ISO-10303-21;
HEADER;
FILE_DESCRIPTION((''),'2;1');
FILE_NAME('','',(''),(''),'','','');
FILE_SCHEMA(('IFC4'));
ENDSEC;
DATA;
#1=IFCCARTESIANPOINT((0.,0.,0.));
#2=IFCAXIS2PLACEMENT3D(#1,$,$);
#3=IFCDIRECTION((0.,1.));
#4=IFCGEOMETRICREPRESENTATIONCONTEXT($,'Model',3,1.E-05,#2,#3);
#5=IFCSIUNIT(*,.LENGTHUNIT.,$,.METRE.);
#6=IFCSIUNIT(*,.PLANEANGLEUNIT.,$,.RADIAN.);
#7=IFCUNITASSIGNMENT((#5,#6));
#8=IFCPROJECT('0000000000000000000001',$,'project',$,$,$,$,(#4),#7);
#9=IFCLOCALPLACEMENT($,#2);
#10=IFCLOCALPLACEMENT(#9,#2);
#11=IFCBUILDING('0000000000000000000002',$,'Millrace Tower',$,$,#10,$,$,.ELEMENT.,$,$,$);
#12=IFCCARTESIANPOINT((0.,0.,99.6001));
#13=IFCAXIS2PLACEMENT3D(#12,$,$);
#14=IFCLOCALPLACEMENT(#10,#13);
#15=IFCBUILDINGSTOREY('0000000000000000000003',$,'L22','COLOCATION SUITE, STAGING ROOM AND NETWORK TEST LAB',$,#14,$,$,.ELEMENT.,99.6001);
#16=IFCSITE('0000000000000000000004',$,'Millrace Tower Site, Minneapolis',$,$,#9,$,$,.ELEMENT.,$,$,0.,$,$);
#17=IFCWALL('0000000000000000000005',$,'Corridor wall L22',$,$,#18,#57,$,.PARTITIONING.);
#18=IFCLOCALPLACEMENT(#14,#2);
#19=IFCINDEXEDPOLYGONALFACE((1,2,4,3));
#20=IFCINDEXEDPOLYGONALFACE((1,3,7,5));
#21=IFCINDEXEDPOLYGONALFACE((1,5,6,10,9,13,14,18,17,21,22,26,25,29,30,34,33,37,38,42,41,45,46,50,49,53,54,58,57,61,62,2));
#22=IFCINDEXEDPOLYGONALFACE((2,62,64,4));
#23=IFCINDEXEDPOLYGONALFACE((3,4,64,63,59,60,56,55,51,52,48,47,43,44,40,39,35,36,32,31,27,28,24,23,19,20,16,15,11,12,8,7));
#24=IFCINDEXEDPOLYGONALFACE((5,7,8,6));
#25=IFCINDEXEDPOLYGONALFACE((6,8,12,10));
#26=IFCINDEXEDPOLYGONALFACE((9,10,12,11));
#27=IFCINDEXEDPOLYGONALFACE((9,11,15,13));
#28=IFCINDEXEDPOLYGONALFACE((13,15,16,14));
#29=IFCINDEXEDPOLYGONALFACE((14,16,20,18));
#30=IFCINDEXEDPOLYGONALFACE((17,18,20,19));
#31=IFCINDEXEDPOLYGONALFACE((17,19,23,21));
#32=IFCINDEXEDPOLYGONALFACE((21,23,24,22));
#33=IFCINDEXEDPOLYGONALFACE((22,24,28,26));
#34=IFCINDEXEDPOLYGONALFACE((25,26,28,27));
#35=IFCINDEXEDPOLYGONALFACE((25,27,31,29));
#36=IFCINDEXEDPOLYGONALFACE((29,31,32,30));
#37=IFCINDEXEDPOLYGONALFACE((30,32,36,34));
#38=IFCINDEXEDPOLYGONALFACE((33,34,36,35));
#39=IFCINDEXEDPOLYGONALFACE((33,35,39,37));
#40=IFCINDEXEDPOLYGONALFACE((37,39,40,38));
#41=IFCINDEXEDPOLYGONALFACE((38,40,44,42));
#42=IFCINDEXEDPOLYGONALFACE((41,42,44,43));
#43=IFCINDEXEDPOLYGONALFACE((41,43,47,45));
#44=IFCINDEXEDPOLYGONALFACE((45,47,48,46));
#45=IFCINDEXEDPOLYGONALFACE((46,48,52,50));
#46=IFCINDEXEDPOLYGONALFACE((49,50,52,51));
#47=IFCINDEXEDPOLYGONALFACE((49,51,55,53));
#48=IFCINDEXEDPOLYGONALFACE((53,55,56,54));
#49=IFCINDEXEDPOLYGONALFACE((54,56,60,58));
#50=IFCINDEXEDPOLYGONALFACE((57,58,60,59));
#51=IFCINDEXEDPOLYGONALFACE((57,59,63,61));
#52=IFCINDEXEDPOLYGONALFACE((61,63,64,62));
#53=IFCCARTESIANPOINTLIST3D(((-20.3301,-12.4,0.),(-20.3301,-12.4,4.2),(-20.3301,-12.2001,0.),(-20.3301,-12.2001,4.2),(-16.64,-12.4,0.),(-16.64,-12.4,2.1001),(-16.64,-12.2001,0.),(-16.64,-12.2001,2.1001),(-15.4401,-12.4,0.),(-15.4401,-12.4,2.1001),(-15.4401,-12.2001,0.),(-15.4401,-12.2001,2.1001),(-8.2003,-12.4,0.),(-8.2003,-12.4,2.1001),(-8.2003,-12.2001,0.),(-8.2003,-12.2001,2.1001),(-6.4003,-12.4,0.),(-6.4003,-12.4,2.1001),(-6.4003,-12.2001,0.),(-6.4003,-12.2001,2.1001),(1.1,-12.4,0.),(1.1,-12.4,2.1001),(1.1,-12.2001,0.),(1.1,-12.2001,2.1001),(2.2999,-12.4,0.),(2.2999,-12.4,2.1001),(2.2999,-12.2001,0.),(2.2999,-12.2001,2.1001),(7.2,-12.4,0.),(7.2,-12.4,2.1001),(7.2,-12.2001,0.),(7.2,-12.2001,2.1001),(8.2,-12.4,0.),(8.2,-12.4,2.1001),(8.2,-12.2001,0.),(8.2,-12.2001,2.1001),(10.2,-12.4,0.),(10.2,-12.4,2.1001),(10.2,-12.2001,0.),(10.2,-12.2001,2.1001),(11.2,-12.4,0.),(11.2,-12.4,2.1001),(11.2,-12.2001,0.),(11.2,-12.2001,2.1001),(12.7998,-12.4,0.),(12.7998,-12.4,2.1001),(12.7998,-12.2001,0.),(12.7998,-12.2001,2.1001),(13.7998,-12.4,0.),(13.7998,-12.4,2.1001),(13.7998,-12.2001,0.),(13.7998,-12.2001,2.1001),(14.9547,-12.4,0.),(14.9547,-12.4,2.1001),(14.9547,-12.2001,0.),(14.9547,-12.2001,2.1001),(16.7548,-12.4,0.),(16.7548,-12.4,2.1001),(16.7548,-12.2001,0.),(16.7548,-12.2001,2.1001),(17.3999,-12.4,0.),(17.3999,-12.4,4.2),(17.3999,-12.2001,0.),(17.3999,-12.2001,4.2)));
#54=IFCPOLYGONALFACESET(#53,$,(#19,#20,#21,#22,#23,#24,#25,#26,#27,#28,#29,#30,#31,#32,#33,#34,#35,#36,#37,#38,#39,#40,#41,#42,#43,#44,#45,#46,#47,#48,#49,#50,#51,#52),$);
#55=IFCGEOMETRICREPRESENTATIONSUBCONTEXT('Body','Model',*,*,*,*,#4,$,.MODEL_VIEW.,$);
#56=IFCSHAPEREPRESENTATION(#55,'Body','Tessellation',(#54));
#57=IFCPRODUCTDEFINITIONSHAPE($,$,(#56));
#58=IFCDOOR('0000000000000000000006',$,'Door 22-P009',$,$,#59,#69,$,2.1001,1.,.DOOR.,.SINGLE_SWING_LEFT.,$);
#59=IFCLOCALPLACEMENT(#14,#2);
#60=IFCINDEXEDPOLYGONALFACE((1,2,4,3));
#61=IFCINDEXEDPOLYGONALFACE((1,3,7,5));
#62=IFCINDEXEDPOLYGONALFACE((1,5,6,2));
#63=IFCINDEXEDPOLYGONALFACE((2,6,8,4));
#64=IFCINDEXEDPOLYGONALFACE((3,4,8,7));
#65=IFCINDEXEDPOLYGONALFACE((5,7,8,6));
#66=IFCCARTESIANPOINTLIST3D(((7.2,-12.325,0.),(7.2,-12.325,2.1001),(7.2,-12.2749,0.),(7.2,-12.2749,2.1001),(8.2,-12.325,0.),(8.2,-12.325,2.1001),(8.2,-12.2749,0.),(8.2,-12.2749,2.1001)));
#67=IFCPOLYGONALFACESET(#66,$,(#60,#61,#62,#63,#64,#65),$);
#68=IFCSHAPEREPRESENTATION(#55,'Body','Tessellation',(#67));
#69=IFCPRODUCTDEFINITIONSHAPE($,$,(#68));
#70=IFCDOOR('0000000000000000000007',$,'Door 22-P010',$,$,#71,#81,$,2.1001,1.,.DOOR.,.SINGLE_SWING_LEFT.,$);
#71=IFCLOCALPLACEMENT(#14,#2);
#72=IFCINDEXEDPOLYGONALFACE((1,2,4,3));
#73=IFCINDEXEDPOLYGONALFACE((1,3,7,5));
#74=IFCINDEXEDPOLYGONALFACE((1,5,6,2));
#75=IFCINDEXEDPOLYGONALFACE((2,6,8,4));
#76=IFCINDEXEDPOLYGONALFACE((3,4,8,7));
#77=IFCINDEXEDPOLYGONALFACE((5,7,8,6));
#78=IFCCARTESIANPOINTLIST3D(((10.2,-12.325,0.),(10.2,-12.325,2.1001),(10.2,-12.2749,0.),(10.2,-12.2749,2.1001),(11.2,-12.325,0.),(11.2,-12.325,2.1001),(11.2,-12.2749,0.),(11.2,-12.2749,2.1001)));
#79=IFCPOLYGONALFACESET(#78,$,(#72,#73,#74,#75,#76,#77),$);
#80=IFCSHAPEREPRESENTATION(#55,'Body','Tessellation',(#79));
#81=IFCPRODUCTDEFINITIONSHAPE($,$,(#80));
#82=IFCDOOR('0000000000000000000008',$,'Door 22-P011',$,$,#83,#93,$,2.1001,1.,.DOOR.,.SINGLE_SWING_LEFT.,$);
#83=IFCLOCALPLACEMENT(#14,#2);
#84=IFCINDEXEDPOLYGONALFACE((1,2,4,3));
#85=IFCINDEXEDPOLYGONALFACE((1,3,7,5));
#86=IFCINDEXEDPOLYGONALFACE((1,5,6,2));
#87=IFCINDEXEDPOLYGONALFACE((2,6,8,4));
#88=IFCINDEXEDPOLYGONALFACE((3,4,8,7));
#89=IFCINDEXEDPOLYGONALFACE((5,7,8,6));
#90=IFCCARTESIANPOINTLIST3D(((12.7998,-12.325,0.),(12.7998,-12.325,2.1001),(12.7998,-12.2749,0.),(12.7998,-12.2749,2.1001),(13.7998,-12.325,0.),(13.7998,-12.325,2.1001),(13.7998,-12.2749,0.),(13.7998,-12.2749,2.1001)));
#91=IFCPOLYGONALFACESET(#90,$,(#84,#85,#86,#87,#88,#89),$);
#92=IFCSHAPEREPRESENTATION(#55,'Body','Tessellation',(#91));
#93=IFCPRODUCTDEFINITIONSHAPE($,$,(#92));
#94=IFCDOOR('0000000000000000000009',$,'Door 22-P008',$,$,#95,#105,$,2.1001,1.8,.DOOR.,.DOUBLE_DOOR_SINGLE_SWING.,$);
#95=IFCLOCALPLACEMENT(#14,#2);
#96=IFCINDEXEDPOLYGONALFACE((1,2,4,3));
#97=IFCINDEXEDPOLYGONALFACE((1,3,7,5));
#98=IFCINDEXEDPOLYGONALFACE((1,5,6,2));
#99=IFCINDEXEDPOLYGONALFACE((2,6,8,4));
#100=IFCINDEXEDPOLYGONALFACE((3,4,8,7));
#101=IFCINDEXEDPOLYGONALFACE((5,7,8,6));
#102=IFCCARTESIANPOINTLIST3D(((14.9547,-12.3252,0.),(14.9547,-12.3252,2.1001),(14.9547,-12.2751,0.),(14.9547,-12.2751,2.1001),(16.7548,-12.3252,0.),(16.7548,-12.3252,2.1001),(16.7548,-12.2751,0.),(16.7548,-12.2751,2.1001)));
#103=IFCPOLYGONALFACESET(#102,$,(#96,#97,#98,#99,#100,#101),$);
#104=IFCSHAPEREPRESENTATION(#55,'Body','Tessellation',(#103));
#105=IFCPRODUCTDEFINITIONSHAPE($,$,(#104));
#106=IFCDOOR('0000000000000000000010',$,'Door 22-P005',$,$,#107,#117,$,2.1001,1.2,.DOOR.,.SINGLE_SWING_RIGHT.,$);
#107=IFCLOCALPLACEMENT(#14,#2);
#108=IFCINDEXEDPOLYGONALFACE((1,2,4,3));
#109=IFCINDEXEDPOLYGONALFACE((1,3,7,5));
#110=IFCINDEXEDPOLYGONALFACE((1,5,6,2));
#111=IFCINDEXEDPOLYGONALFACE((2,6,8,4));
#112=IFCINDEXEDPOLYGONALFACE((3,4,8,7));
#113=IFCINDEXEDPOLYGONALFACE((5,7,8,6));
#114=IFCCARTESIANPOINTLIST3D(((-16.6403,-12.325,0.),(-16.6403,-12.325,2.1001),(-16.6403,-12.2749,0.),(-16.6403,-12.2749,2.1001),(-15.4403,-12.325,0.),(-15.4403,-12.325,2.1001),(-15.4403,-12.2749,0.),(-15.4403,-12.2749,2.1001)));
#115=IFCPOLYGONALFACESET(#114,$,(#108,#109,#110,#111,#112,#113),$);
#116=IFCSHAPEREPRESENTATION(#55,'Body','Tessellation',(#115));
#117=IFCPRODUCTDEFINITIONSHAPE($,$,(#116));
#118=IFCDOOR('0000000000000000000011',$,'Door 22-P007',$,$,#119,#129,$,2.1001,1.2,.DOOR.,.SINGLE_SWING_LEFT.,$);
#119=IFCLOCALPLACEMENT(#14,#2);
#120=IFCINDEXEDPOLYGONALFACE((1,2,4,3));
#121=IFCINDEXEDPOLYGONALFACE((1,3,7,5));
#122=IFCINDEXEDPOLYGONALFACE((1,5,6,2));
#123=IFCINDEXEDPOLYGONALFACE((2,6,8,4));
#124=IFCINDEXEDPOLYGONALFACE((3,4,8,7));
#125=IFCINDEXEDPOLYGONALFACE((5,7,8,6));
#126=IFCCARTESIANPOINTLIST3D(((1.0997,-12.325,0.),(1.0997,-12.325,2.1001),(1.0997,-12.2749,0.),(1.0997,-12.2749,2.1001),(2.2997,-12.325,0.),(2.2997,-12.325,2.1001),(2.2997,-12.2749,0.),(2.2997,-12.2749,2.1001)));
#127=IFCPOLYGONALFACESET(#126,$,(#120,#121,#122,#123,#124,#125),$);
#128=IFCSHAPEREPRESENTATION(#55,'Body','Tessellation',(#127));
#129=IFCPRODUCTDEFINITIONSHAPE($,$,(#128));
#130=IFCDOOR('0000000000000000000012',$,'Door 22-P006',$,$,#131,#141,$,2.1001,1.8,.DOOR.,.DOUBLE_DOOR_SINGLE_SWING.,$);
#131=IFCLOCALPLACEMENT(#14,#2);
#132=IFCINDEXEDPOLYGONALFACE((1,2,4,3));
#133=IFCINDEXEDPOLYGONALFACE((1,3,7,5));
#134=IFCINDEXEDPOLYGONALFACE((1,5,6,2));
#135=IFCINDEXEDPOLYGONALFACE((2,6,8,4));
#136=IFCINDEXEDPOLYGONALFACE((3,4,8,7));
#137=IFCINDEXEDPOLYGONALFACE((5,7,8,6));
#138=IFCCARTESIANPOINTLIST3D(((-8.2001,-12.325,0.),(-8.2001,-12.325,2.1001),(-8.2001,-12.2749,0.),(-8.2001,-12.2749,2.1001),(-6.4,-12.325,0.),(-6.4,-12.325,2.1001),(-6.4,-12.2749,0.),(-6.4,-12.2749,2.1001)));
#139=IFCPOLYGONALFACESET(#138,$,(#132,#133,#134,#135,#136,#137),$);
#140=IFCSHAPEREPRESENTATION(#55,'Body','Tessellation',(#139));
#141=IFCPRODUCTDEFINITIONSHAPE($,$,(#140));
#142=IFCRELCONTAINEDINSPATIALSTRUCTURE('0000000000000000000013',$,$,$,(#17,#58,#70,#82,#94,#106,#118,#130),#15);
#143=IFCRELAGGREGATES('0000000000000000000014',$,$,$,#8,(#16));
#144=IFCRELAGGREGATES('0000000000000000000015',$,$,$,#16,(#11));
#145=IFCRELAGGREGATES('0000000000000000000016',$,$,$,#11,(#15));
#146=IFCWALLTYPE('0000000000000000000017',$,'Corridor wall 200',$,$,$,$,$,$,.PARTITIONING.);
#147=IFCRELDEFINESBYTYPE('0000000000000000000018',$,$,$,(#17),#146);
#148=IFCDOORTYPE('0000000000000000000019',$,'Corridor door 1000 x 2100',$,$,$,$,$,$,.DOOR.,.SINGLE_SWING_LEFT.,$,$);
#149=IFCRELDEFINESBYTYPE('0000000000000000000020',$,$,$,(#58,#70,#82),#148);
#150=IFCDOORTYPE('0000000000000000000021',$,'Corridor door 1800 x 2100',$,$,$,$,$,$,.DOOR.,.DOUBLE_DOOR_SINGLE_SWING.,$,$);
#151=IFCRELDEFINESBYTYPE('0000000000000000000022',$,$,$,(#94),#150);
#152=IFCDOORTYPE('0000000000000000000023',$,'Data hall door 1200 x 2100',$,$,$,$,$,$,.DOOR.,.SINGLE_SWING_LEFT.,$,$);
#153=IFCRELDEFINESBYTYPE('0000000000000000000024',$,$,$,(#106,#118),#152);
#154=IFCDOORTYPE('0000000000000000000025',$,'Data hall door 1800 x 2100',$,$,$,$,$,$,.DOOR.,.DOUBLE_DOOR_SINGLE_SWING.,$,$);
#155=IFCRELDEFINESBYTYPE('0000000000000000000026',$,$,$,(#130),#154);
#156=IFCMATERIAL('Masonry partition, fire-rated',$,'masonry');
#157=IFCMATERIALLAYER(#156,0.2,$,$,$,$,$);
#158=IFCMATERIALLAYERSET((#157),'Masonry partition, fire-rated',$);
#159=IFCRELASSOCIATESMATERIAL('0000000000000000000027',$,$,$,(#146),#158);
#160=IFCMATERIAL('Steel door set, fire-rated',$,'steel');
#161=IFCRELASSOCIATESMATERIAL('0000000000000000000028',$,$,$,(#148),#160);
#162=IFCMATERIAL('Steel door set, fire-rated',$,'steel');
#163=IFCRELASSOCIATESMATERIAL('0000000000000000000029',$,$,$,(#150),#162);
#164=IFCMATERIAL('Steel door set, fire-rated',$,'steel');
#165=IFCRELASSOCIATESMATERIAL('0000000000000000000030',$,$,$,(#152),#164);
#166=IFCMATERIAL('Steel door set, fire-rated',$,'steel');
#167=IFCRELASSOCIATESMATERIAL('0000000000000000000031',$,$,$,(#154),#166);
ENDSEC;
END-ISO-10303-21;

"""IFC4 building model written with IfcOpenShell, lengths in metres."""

from ifc_helpers import new_model, si_unit, direction, frame, frame_2d, origin, place, context, subcontext, project, spatial, rectangle, extrude, material, layer, layer_set, type_object, element, fill, save


model = new_model("IFC4")

# Units and contexts
model_context = context("Model", 3, precision=1e-05, world=origin(), true_north=direction((0.0, 1.0)))
body_context = subcontext(model_context, "Body", "Model", "MODEL_VIEW")
ifc_project = project(units=[si_unit("LENGTHUNIT", "METRE"), si_unit("PLANEANGLEUNIT", "RADIAN")], contexts=[model_context])

# Site, building, storey
site_placement = place(None, origin())
site = spatial("IfcSite", under=ifc_project, at=site_placement, Name="Millrace Tower Site, Minneapolis", CompositionType="ELEMENT", RefElevation=0.0)
building_placement = place(site_placement, origin())
building = spatial("IfcBuilding", under=site, at=building_placement, Name="Millrace Tower", CompositionType="ELEMENT")
storey_placement = place(building_placement, frame((0.0, 0.0, 99.6001)))
storey = spatial("IfcBuildingStorey", under=building, at=storey_placement, Name="L22", Description="COLOCATION SUITE, STAGING ROOM AND NETWORK TEST LAB", CompositionType="ELEMENT", Elevation=99.6001)

# Wall, openings, doors
ifc_material_1 = material(Name="Masonry partition, fire-rated", Category="masonry")
ifc_layer_1 = layer(ifc_material_1, 0.2)
ifc_layer_set_1 = layer_set([ifc_layer_1], Name="Masonry partition, fire-rated")
wall_type = type_object("IfcWallType", Name="Corridor wall 200", PredefinedType="PARTITIONING", material=ifc_layer_set_1)
wall_placement = place(storey_placement, frame((-20.3301, -12.3, 0.0), z_axis=(0.0, 0.0, 1.0), x_axis=(1.0, 0.0, 0.0)))
wall = element("IfcWall", 1, at=wall_placement, inside=storey, type_object=wall_type, Name="Corridor wall L22", PredefinedType="PARTITIONING", context=body_context, shape_type="SweptSolid", body=[
    extrude(rectangle(XDim=37.73, YDim=0.2, at=frame_2d((18.865, 0.0))), origin(), (0.0, 0.0, 1.0), 4.2),
])
opening_1_placement = place(wall_placement, frame((3.6899, 0.0, 0.0)))
opening_1 = element("IfcOpeningElement", 2, at=opening_1_placement, cuts=wall, PredefinedType="OPENING", context=body_context, shape_type="SweptSolid", body=[
    extrude(rectangle(XDim=1.2, YDim=2.1001, at=frame_2d((0.6001, 1.05))), frame((0.0, 0.1099, 0.0), z_axis=(0.0, -1.0, 0.0), x_axis=(1.0, 0.0, 0.0)), (0.0, 0.0, 1.0), 0.22),
])
opening_2_placement = place(wall_placement, frame((12.1299, 0.0, 0.0)))
opening_2 = element("IfcOpeningElement", 3, at=opening_2_placement, cuts=wall, PredefinedType="OPENING", context=body_context, shape_type="SweptSolid", body=[
    extrude(rectangle(XDim=1.8, YDim=2.1001, at=frame_2d((0.8999, 1.05))), frame((0.0, 0.1099, 0.0), z_axis=(0.0, -1.0, 0.0), x_axis=(1.0, 0.0, 0.0)), (0.0, 0.0, 1.0), 0.22),
])
opening_3_placement = place(wall_placement, frame((21.4299, 0.0, 0.0)))
opening_3 = element("IfcOpeningElement", 4, at=opening_3_placement, cuts=wall, PredefinedType="OPENING", context=body_context, shape_type="SweptSolid", body=[
    extrude(rectangle(XDim=1.2, YDim=2.1001, at=frame_2d((0.6001, 1.05))), frame((0.0, 0.1099, 0.0), z_axis=(0.0, -1.0, 0.0), x_axis=(1.0, 0.0, 0.0)), (0.0, 0.0, 1.0), 0.22),
])
opening_4_placement = place(wall_placement, frame((35.2849, 0.0, 0.0)))
opening_4 = element("IfcOpeningElement", 5, at=opening_4_placement, cuts=wall, PredefinedType="OPENING", context=body_context, shape_type="SweptSolid", body=[
    extrude(rectangle(XDim=1.8, YDim=2.1001, at=frame_2d((0.8999, 1.05))), frame((0.0, 0.1099, 0.0), z_axis=(0.0, -1.0, 0.0), x_axis=(1.0, 0.0, 0.0)), (0.0, 0.0, 1.0), 0.22),
])
opening_5_placement = place(wall_placement, frame((27.53, 0.0, 0.0)))
opening_5 = element("IfcOpeningElement", 6, at=opening_5_placement, cuts=wall, PredefinedType="OPENING", context=body_context, shape_type="SweptSolid", body=[
    extrude(rectangle(XDim=1.0, YDim=2.1001, at=frame_2d((0.5, 1.05))), frame((0.0, 0.1099, 0.0), z_axis=(0.0, -1.0, 0.0), x_axis=(1.0, 0.0, 0.0)), (0.0, 0.0, 1.0), 0.22),
])
opening_6_placement = place(wall_placement, frame((30.53, 0.0, 0.0)))
opening_6 = element("IfcOpeningElement", 7, at=opening_6_placement, cuts=wall, PredefinedType="OPENING", context=body_context, shape_type="SweptSolid", body=[
    extrude(rectangle(XDim=1.0, YDim=2.1001, at=frame_2d((0.5, 1.05))), frame((0.0, 0.1099, 0.0), z_axis=(0.0, -1.0, 0.0), x_axis=(1.0, 0.0, 0.0)), (0.0, 0.0, 1.0), 0.22),
])
opening_7_placement = place(wall_placement, frame((33.1299, 0.0, 0.0)))
opening_7 = element("IfcOpeningElement", 8, at=opening_7_placement, cuts=wall, PredefinedType="OPENING", context=body_context, shape_type="SweptSolid", body=[
    extrude(rectangle(XDim=1.0, YDim=2.1001, at=frame_2d((0.5, 1.05))), frame((0.0, 0.1099, 0.0), z_axis=(0.0, -1.0, 0.0), x_axis=(1.0, 0.0, 0.0)), (0.0, 0.0, 1.0), 0.22),
])
ifc_material_2 = material(Name="Steel door set, fire-rated", Category="steel")
door_type_1 = type_object("IfcDoorType", Name="Corridor door 1000 x 2100", OperationType="SINGLE_SWING_LEFT", PredefinedType="DOOR", material=ifc_material_2)
door_1_placement = place(opening_5_placement, frame((1.0, 0.0, 0.0), z_axis=(0.0, 0.0, 1.0), x_axis=(-1.0, 0.0, 0.0)))
door_1 = element("IfcDoor", 9, at=door_1_placement, inside=storey, type_object=door_type_1, Name="Door 22-P009", OperationType="SINGLE_SWING_LEFT", OverallHeight=2.1001, OverallWidth=1.0, PredefinedType="DOOR", context=body_context, shape_type="SweptSolid", body=[
    extrude(rectangle(XDim=1.0, YDim=2.1001, at=frame_2d((0.5, 1.05))), frame((0.0, 0.0249, 0.0), z_axis=(0.0, -1.0, 0.0), x_axis=(1.0, 0.0, 0.0)), (0.0, 0.0, 1.0), 0.05),
])
fill(opening_5, door_1)
door_2_placement = place(opening_6_placement, frame((1.0, 0.0, 0.0), z_axis=(0.0, 0.0, 1.0), x_axis=(-1.0, 0.0, 0.0)))
door_2 = element("IfcDoor", 10, at=door_2_placement, inside=storey, type_object=door_type_1, Name="Door 22-P010", OperationType="SINGLE_SWING_LEFT", OverallHeight=2.1001, OverallWidth=1.0, PredefinedType="DOOR", context=body_context, shape_type="SweptSolid", body=[
    extrude(rectangle(XDim=1.0, YDim=2.1001, at=frame_2d((0.5, 1.05))), frame((0.0, 0.0249, 0.0), z_axis=(0.0, -1.0, 0.0), x_axis=(1.0, 0.0, 0.0)), (0.0, 0.0, 1.0), 0.05),
])
fill(opening_6, door_2)
door_3_placement = place(opening_7_placement, frame((1.0, 0.0, 0.0), z_axis=(0.0, 0.0, 1.0), x_axis=(-1.0, 0.0, 0.0)))
door_3 = element("IfcDoor", 11, at=door_3_placement, inside=storey, type_object=door_type_1, Name="Door 22-P011", OperationType="SINGLE_SWING_LEFT", OverallHeight=2.1001, OverallWidth=1.0, PredefinedType="DOOR", context=body_context, shape_type="SweptSolid", body=[
    extrude(rectangle(XDim=1.0, YDim=2.1001, at=frame_2d((0.5, 1.05))), frame((0.0, 0.0249, 0.0), z_axis=(0.0, -1.0, 0.0), x_axis=(1.0, 0.0, 0.0)), (0.0, 0.0, 1.0), 0.05),
])
fill(opening_7, door_3)
ifc_material_3 = material(Name="Steel door set, fire-rated", Category="steel")
door_type_2 = type_object("IfcDoorType", Name="Corridor door 1800 x 2100", OperationType="DOUBLE_DOOR_SINGLE_SWING", PredefinedType="DOOR", material=ifc_material_3)
door_4_placement = place(opening_4_placement, origin())
door_4 = element("IfcDoor", 12, at=door_4_placement, inside=storey, type_object=door_type_2, Name="Door 22-P008", OperationType="DOUBLE_DOOR_SINGLE_SWING", OverallHeight=2.1001, OverallWidth=1.8, PredefinedType="DOOR", context=body_context, shape_type="SweptSolid", body=[
    extrude(rectangle(XDim=1.8, YDim=2.1001, at=frame_2d((0.8999, 1.05))), frame((0.0, 0.0249, 0.0), z_axis=(0.0, -1.0, 0.0), x_axis=(1.0, 0.0, 0.0)), (0.0, 0.0, 1.0), 0.05),
])
fill(opening_4, door_4)
ifc_material_4 = material(Name="Steel door set, fire-rated", Category="steel")
door_type_3 = type_object("IfcDoorType", Name="Data hall door 1200 x 2100", OperationType="SINGLE_SWING_LEFT", PredefinedType="DOOR", material=ifc_material_4)
door_5_placement = place(opening_1_placement, frame((1.2, 0.0, 0.0), z_axis=(0.0, 0.0, 1.0), x_axis=(-1.0, 0.0, 0.0)))
door_5 = element("IfcDoor", 13, at=door_5_placement, inside=storey, type_object=door_type_3, Name="Door 22-P005", OperationType="SINGLE_SWING_RIGHT", OverallHeight=2.1001, OverallWidth=1.2, PredefinedType="DOOR", context=body_context, shape_type="SweptSolid", body=[
    extrude(rectangle(XDim=1.2, YDim=2.1001, at=frame_2d((0.6001, 1.05))), frame((0.0, 0.0249, 0.0), z_axis=(0.0, -1.0, 0.0), x_axis=(1.0, 0.0, 0.0)), (0.0, 0.0, 1.0), 0.05),
])
fill(opening_1, door_5)
door_6_placement = place(opening_3_placement, frame((1.2, 0.0, 0.0), z_axis=(0.0, 0.0, 1.0), x_axis=(-1.0, 0.0, 0.0)))
door_6 = element("IfcDoor", 14, at=door_6_placement, inside=storey, type_object=door_type_3, Name="Door 22-P007", OperationType="SINGLE_SWING_LEFT", OverallHeight=2.1001, OverallWidth=1.2, PredefinedType="DOOR", context=body_context, shape_type="SweptSolid", body=[
    extrude(rectangle(XDim=1.2, YDim=2.1001, at=frame_2d((0.6001, 1.05))), frame((0.0, 0.0249, 0.0), z_axis=(0.0, -1.0, 0.0), x_axis=(1.0, 0.0, 0.0)), (0.0, 0.0, 1.0), 0.05),
])
fill(opening_3, door_6)
ifc_material_5 = material(Name="Steel door set, fire-rated", Category="steel")
door_type_4 = type_object("IfcDoorType", Name="Data hall door 1800 x 2100", OperationType="DOUBLE_DOOR_SINGLE_SWING", PredefinedType="DOOR", material=ifc_material_5)
door_7_placement = place(opening_2_placement, frame((1.8, 0.0, 0.0), z_axis=(0.0, 0.0, 1.0), x_axis=(-1.0, 0.0, 0.0)))
door_7 = element("IfcDoor", 15, at=door_7_placement, inside=storey, type_object=door_type_4, Name="Door 22-P006", OperationType="DOUBLE_DOOR_SINGLE_SWING", OverallHeight=2.1001, OverallWidth=1.8, PredefinedType="DOOR", context=body_context, shape_type="SweptSolid", body=[
    extrude(rectangle(XDim=1.8, YDim=2.1001, at=frame_2d((0.8999, 1.05))), frame((0.0, 0.0249, 0.0), z_axis=(0.0, -1.0, 0.0), x_axis=(1.0, 0.0, 0.0)), (0.0, 0.0, 1.0), 0.05),
])
fill(opening_2, door_7)

save(model, "model.ifc")
